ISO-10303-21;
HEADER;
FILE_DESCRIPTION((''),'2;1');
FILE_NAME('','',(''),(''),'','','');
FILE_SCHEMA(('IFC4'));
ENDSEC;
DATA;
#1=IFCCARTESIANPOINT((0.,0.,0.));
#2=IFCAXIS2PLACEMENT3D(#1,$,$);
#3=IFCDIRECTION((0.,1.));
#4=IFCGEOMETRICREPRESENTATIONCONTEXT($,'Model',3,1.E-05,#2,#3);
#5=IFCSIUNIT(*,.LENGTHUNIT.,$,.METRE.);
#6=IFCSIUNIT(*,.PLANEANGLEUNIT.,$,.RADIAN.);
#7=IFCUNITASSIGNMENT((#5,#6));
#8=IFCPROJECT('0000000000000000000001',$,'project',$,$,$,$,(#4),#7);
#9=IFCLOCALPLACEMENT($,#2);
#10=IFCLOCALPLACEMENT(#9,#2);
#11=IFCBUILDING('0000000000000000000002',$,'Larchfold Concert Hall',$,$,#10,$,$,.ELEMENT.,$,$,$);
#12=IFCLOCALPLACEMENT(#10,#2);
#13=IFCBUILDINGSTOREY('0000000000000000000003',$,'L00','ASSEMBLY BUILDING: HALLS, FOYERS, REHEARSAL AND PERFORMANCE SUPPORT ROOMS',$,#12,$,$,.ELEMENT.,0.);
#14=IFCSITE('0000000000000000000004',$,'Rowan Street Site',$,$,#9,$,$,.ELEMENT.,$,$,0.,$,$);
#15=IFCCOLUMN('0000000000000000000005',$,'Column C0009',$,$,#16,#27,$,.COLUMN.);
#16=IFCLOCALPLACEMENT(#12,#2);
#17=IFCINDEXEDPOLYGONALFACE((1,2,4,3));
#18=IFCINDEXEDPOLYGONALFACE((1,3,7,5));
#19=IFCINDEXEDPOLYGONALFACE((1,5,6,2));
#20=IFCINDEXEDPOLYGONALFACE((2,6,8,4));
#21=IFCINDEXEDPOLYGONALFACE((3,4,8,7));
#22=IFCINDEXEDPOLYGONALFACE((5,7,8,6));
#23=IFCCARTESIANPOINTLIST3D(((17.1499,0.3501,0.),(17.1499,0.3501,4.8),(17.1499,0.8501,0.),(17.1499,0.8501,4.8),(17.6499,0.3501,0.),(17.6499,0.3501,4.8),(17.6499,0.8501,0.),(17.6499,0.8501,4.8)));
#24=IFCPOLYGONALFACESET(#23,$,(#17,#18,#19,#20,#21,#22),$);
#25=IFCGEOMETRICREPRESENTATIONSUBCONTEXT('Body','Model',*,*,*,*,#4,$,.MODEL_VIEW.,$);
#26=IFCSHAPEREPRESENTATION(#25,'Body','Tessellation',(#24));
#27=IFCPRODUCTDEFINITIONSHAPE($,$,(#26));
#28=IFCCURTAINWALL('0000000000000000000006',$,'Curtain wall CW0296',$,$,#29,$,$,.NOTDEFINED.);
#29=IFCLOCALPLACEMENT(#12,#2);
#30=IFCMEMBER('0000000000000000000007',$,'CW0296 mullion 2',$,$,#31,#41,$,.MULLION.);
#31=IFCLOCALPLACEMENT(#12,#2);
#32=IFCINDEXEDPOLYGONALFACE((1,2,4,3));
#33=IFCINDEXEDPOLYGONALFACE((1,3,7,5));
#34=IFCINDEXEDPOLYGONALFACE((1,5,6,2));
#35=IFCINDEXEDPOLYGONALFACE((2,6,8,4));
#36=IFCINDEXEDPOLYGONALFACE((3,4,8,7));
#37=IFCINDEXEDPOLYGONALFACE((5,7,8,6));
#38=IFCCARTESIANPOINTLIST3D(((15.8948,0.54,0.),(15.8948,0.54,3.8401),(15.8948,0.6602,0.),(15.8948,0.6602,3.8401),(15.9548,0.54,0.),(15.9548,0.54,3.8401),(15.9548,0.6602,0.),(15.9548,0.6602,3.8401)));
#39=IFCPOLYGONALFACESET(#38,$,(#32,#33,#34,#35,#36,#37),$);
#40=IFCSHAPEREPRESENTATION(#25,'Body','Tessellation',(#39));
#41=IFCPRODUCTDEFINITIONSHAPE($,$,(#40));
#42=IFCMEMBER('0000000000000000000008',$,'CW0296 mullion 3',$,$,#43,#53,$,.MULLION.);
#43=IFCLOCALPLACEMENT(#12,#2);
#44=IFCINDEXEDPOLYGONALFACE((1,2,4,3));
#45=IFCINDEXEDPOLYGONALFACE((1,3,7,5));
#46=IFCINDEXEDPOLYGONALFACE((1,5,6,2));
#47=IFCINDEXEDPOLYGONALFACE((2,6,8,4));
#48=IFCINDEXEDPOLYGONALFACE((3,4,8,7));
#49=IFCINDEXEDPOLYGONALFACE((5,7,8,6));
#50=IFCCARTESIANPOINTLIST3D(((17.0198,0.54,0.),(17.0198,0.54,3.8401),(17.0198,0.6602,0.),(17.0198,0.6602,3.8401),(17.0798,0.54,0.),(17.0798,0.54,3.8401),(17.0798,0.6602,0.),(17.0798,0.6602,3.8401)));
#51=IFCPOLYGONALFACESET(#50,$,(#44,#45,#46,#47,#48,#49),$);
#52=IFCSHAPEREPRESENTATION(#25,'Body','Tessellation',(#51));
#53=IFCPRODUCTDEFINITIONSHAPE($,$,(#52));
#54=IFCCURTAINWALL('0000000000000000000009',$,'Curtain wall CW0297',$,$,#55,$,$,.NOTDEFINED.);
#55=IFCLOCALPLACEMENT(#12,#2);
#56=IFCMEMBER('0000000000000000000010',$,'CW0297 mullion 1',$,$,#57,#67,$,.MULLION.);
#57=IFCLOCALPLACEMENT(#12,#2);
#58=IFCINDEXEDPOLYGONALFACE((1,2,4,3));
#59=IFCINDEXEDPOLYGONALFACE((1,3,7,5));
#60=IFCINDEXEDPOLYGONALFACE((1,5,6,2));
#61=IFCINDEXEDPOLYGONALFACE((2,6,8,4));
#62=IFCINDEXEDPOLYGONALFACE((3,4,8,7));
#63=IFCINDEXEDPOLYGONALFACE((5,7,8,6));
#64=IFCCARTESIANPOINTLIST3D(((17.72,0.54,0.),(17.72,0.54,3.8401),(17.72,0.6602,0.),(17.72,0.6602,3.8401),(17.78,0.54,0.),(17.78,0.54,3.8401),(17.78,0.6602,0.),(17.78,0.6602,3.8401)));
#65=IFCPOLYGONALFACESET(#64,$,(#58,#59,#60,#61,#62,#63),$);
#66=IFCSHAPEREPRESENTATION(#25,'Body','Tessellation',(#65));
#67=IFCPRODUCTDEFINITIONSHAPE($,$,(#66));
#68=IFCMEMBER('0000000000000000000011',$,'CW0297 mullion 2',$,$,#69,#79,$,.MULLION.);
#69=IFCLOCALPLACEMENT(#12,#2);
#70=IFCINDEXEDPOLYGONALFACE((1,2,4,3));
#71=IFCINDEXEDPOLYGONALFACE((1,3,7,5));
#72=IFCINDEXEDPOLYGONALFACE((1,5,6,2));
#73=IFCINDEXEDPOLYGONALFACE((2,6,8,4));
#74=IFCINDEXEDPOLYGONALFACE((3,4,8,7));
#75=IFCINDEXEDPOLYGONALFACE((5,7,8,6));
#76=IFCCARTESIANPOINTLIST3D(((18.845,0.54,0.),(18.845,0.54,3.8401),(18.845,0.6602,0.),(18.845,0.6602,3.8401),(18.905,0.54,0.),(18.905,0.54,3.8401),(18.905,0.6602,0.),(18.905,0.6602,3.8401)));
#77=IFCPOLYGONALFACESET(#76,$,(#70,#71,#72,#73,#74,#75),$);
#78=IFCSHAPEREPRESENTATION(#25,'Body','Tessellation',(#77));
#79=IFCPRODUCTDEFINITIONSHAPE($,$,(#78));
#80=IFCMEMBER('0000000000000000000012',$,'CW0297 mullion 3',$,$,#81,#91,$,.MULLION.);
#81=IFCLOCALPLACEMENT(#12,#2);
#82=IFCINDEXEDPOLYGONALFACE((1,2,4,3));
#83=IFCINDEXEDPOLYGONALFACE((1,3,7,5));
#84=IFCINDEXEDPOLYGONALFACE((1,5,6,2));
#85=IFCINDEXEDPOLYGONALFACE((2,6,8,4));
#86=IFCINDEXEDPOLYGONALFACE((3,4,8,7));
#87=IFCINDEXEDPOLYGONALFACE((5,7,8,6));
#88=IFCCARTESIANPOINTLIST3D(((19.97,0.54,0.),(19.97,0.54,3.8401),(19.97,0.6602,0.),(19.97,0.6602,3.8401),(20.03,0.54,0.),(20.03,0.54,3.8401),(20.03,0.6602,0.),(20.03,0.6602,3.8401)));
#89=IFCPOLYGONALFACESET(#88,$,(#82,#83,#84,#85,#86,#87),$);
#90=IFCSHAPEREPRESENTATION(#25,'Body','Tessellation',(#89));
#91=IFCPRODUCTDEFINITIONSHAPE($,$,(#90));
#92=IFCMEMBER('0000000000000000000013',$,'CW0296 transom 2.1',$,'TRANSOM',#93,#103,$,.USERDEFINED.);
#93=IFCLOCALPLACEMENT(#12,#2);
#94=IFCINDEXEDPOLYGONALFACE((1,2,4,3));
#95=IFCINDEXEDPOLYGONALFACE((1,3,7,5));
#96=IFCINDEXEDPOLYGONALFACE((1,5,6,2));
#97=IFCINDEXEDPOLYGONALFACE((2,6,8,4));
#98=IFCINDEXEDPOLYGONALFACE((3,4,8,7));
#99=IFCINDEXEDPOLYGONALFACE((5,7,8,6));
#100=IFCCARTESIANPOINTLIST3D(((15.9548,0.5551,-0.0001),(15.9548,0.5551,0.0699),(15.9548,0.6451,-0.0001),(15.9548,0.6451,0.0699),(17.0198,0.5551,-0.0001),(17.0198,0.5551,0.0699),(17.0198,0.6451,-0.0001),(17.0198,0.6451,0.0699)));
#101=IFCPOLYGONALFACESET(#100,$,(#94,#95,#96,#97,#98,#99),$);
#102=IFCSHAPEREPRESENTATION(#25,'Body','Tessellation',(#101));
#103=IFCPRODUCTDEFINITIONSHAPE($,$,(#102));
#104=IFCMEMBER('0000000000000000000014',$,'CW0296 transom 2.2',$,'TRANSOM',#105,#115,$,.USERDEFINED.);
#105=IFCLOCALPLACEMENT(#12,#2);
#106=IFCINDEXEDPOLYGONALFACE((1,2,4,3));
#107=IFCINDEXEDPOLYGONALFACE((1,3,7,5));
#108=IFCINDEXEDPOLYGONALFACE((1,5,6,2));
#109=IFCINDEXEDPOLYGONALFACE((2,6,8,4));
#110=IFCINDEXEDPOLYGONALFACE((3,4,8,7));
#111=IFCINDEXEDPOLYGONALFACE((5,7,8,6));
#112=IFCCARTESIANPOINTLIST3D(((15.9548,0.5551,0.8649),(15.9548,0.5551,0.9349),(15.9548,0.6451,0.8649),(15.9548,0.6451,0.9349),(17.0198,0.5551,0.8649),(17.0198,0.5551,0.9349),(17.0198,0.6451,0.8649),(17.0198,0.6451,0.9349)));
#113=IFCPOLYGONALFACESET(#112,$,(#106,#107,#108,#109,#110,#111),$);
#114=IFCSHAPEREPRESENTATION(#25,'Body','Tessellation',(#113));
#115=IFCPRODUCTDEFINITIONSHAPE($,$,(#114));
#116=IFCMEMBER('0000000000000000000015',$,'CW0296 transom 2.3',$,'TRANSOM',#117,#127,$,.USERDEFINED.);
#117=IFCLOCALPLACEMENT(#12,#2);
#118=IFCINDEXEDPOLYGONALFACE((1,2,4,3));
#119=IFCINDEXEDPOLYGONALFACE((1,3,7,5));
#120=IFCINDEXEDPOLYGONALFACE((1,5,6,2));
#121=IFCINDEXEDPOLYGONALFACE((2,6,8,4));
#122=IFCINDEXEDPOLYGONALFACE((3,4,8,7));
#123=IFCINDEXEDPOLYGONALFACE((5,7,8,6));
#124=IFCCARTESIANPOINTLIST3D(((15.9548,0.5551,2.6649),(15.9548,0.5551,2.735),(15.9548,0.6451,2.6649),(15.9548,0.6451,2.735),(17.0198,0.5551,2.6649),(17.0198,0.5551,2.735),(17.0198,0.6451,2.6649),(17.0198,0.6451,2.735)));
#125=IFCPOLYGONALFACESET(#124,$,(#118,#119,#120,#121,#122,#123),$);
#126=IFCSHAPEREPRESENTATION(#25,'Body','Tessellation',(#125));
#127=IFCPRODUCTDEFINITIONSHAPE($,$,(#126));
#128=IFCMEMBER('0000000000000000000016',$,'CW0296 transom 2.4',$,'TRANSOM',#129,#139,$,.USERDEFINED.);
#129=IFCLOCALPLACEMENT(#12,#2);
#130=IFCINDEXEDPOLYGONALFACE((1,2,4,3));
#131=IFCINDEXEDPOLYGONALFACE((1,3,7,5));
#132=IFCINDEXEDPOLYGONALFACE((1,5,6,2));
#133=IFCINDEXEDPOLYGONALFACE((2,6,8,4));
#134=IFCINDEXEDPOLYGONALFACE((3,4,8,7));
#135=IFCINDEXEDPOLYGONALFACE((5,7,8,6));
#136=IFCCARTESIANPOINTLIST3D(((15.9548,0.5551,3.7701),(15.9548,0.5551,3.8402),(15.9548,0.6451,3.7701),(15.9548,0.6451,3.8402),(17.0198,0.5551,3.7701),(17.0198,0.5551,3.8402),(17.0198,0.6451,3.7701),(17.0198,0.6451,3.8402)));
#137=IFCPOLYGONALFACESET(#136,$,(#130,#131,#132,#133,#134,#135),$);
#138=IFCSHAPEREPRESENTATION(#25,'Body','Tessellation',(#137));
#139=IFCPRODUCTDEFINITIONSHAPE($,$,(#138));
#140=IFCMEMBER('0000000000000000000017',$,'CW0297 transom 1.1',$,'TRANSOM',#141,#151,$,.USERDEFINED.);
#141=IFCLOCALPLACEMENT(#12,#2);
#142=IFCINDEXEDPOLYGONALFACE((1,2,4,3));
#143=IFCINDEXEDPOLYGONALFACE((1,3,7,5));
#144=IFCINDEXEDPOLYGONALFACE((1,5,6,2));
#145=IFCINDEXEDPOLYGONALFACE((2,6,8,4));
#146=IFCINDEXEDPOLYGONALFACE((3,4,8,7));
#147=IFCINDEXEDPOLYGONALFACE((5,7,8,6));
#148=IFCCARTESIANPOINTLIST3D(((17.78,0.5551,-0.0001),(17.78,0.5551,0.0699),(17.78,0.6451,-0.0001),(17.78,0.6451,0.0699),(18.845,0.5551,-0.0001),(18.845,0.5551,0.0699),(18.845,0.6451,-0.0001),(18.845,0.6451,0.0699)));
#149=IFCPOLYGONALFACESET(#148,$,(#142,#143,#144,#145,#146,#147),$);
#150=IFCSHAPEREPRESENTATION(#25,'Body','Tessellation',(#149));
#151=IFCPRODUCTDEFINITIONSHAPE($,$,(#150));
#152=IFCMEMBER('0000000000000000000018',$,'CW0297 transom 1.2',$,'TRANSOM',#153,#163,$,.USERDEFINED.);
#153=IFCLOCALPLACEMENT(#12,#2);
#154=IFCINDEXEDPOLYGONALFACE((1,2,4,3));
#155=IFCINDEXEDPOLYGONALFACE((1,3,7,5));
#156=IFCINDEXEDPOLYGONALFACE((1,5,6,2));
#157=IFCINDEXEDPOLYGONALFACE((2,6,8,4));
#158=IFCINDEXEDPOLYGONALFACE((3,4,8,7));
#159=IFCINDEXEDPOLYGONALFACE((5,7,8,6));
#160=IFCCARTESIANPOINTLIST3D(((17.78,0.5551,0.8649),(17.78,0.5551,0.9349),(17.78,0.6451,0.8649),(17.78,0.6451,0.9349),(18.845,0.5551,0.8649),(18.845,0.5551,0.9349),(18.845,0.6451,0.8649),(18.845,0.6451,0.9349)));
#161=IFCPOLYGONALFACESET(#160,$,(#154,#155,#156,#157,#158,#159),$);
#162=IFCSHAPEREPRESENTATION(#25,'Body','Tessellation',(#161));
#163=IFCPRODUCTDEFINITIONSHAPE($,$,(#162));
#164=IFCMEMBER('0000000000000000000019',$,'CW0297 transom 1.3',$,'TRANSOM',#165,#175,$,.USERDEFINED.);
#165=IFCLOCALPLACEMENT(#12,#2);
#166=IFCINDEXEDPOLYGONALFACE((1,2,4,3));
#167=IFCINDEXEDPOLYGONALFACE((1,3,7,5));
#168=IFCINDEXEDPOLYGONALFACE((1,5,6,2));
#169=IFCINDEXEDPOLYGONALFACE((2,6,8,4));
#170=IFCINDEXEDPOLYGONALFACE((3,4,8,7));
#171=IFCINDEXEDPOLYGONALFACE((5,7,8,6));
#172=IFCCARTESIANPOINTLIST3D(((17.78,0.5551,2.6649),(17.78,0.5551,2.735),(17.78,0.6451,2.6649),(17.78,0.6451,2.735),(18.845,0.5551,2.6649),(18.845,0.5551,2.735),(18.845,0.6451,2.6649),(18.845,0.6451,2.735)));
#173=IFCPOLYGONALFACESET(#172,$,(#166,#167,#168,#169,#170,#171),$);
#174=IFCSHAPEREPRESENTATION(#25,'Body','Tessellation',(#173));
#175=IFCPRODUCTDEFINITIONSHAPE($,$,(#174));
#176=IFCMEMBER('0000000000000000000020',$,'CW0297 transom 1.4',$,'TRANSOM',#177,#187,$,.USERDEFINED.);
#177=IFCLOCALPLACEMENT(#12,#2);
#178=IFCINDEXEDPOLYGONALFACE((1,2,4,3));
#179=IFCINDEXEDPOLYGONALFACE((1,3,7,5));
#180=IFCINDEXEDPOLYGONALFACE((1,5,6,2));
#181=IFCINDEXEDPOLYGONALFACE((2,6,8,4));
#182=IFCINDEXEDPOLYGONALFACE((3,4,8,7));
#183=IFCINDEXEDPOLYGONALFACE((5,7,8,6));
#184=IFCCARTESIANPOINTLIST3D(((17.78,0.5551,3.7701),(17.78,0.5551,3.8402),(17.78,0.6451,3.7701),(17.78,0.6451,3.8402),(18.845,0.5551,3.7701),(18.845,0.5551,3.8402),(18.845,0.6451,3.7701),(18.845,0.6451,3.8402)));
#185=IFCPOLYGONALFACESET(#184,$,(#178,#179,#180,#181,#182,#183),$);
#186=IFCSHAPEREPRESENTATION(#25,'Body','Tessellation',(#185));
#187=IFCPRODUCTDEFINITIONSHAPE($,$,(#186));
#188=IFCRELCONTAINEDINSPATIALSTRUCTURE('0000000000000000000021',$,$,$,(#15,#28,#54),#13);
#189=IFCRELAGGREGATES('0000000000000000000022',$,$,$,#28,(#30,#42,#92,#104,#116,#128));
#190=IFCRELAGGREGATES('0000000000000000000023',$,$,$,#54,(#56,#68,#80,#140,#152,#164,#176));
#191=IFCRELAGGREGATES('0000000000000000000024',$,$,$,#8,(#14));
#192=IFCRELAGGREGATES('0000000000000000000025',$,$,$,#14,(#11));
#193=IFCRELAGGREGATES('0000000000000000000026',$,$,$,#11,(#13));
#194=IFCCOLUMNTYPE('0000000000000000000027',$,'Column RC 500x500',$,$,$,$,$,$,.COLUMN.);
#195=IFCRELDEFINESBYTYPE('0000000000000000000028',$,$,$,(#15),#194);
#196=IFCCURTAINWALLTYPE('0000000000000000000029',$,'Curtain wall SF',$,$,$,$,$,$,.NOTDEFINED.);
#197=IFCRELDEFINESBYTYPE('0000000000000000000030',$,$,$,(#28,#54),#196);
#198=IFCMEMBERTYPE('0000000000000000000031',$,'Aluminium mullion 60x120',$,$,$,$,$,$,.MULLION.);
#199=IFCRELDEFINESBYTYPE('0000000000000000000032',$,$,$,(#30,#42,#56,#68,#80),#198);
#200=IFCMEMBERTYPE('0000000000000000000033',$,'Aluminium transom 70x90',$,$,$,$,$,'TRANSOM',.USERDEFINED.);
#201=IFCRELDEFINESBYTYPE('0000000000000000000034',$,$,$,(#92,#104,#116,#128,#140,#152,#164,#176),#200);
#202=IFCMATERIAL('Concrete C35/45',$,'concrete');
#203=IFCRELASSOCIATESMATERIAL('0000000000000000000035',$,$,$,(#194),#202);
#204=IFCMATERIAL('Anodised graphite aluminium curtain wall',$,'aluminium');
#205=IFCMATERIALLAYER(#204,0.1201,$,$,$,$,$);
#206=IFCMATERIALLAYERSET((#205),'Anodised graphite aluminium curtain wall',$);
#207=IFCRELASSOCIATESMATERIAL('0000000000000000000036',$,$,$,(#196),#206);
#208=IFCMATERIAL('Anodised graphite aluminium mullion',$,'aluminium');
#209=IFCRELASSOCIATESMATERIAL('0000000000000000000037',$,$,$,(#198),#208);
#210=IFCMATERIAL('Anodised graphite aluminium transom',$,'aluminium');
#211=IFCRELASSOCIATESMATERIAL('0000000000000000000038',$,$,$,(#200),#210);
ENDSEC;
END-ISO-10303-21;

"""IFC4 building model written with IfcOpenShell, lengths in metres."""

from ifc_helpers import new_model, si_unit, direction, frame, origin, origin_2d, place, context, subcontext, project, spatial, rectangle, extrude, material, layer, layer_set, material_profile, profile_set, type_object, element, aggregate, save


model = new_model("IFC4")

# Units and contexts
model_context = context("Model", 3, precision=1e-05, world=origin(), true_north=direction((0.0, 1.0)))
body_context = subcontext(model_context, "Body", "Model", "MODEL_VIEW")
ifc_project = project(units=[si_unit("LENGTHUNIT", "METRE"), si_unit("PLANEANGLEUNIT", "RADIAN")], contexts=[model_context])

# Site, building, storey
site_placement = place(None, origin())
site = spatial("IfcSite", under=ifc_project, at=site_placement, Name="Rowan Street Site", CompositionType="ELEMENT", RefElevation=0.0)
building_placement = place(site_placement, origin())
building = spatial("IfcBuilding", under=site, at=building_placement, Name="Larchfold Concert Hall", CompositionType="ELEMENT")
storey_placement = place(building_placement, origin())
storey = spatial("IfcBuildingStorey", under=building, at=storey_placement, Name="L00", Description="ASSEMBLY BUILDING: HALLS, FOYERS, REHEARSAL AND PERFORMANCE SUPPORT ROOMS", CompositionType="ELEMENT", Elevation=0.0)

# Column
ifc_material_1 = material(Name="Concrete C35/45", Category="concrete")
ifc_material_profile_1 = material_profile(ifc_material_1, rectangle(XDim=0.5, YDim=0.5, at=origin_2d()))
ifc_profile_set_1 = profile_set([ifc_material_profile_1], Name="Concrete C35/45")
column_type = type_object("IfcColumnType", Name="Column RC 500x500", PredefinedType="COLUMN", material=ifc_profile_set_1)
column_placement = place(storey_placement, frame((17.3999, 0.6001, 0.0), z_axis=(0.0, 0.0, 1.0), x_axis=(1.0, 0.0, 0.0)))
element("IfcColumn", 1, at=column_placement, inside=storey, type_object=column_type, Name="Column C0009", PredefinedType="COLUMN", context=body_context, shape_type="SweptSolid", body=[
    extrude(rectangle(XDim=0.5, YDim=0.5, at=origin_2d()), origin(), (0.0, 0.0, 1.0), 4.8),
])

# Curtain walls, members
ifc_material_2 = material(Name="Anodised graphite aluminium curtain wall", Category="aluminium")
ifc_layer_1 = layer(ifc_material_2, 0.1201)
ifc_layer_set_1 = layer_set([ifc_layer_1], Name="Anodised graphite aluminium curtain wall")
curtain_wall_type = type_object("IfcCurtainWallType", Name="Curtain wall SF", PredefinedType="NOTDEFINED", material=ifc_layer_set_1)
curtain_wall_1_placement = place(storey_placement, origin())
curtain_wall_1 = element("IfcCurtainWall", 2, at=curtain_wall_1_placement, inside=storey, type_object=curtain_wall_type, Name="Curtain wall CW0296", PredefinedType="NOTDEFINED")
ifc_material_3 = material(Name="Anodised graphite aluminium mullion", Category="aluminium")
ifc_material_profile_2 = material_profile(ifc_material_3, rectangle(XDim=0.1201, YDim=0.0601, at=origin_2d()))
ifc_profile_set_2 = profile_set([ifc_material_profile_2], Name="Anodised graphite aluminium mullion")
member_type_1 = type_object("IfcMemberType", Name="Aluminium mullion 60x120", PredefinedType="MULLION", material=ifc_profile_set_2)
member_1_placement = place(storey_placement, frame((15.9248, 0.6001, 0.0), z_axis=(0.0, 0.0, 1.0), x_axis=(0.0, 1.0, 0.0)))
member_1 = element("IfcMember", 3, at=member_1_placement, type_object=member_type_1, Name="CW0296 mullion 2", PredefinedType="MULLION", context=body_context, shape_type="SweptSolid", body=[
    extrude(rectangle(XDim=0.1201, YDim=0.0601, at=origin_2d()), origin(), (0.0, 0.0, 1.0), 3.8401),
])
member_2_placement = place(storey_placement, frame((17.0498, 0.6001, 0.0), z_axis=(0.0, 0.0, 1.0), x_axis=(0.0, 1.0, 0.0)))
member_2 = element("IfcMember", 4, at=member_2_placement, type_object=member_type_1, Name="CW0296 mullion 3", PredefinedType="MULLION", context=body_context, shape_type="SweptSolid", body=[
    extrude(rectangle(XDim=0.1201, YDim=0.0601, at=origin_2d()), origin(), (0.0, 0.0, 1.0), 3.8401),
])
curtain_wall_2_placement = place(storey_placement, origin())
curtain_wall_2 = element("IfcCurtainWall", 5, at=curtain_wall_2_placement, inside=storey, type_object=curtain_wall_type, Name="Curtain wall CW0297", PredefinedType="NOTDEFINED")
member_3_placement = place(storey_placement, frame((17.75, 0.6001, 0.0), z_axis=(0.0, 0.0, 1.0), x_axis=(0.0, 1.0, 0.0)))
member_3 = element("IfcMember", 6, at=member_3_placement, type_object=member_type_1, Name="CW0297 mullion 1", PredefinedType="MULLION", context=body_context, shape_type="SweptSolid", body=[
    extrude(rectangle(XDim=0.1201, YDim=0.0601, at=origin_2d()), origin(), (0.0, 0.0, 1.0), 3.8401),
])
member_4_placement = place(storey_placement, frame((18.875, 0.6001, 0.0), z_axis=(0.0, 0.0, 1.0), x_axis=(0.0, 1.0, 0.0)))
member_4 = element("IfcMember", 7, at=member_4_placement, type_object=member_type_1, Name="CW0297 mullion 2", PredefinedType="MULLION", context=body_context, shape_type="SweptSolid", body=[
    extrude(rectangle(XDim=0.1201, YDim=0.0601, at=origin_2d()), origin(), (0.0, 0.0, 1.0), 3.8401),
])
member_5_placement = place(storey_placement, frame((20.0, 0.6001, 0.0), z_axis=(0.0, 0.0, 1.0), x_axis=(0.0, 1.0, 0.0)))
member_5 = element("IfcMember", 8, at=member_5_placement, type_object=member_type_1, Name="CW0297 mullion 3", PredefinedType="MULLION", context=body_context, shape_type="SweptSolid", body=[
    extrude(rectangle(XDim=0.1201, YDim=0.0601, at=origin_2d()), origin(), (0.0, 0.0, 1.0), 3.8401),
])

# Members
ifc_material_4 = material(Name="Anodised graphite aluminium transom", Category="aluminium")
ifc_material_profile_3 = material_profile(ifc_material_4, rectangle(XDim=0.0901, YDim=0.0701, at=origin_2d()))
ifc_profile_set_3 = profile_set([ifc_material_profile_3], Name="Anodised graphite aluminium transom")
member_type_2 = type_object("IfcMemberType", Name="Aluminium transom 70x90", ElementType="TRANSOM", PredefinedType="USERDEFINED", material=ifc_profile_set_3)
member_6_placement = place(storey_placement, frame((15.9548, 0.6001, 0.0349), z_axis=(1.0, 0.0, 0.0), x_axis=(0.0, 1.0, 0.0)))
member_6 = element("IfcMember", 9, at=member_6_placement, type_object=member_type_2, Name="CW0296 transom 2.1", ObjectType="TRANSOM", PredefinedType="USERDEFINED", context=body_context, shape_type="SweptSolid", body=[
    extrude(rectangle(XDim=0.0901, YDim=0.0701, at=origin_2d()), origin(), (0.0, 0.0, 1.0), 1.0649),
])
member_7_placement = place(storey_placement, frame((15.9548, 0.6001, 0.8999), z_axis=(1.0, 0.0, 0.0), x_axis=(0.0, 1.0, 0.0)))
member_7 = element("IfcMember", 10, at=member_7_placement, type_object=member_type_2, Name="CW0296 transom 2.2", ObjectType="TRANSOM", PredefinedType="USERDEFINED", context=body_context, shape_type="SweptSolid", body=[
    extrude(rectangle(XDim=0.0901, YDim=0.0701, at=origin_2d()), origin(), (0.0, 0.0, 1.0), 1.0649),
])
member_8_placement = place(storey_placement, frame((15.9548, 0.6001, 2.7), z_axis=(1.0, 0.0, 0.0), x_axis=(0.0, 1.0, 0.0)))
member_8 = element("IfcMember", 11, at=member_8_placement, type_object=member_type_2, Name="CW0296 transom 2.3", ObjectType="TRANSOM", PredefinedType="USERDEFINED", context=body_context, shape_type="SweptSolid", body=[
    extrude(rectangle(XDim=0.0901, YDim=0.0701, at=origin_2d()), origin(), (0.0, 0.0, 1.0), 1.0649),
])
member_9_placement = place(storey_placement, frame((15.9548, 0.6001, 3.8052), z_axis=(1.0, 0.0, 0.0), x_axis=(0.0, 1.0, 0.0)))
member_9 = element("IfcMember", 12, at=member_9_placement, type_object=member_type_2, Name="CW0296 transom 2.4", ObjectType="TRANSOM", PredefinedType="USERDEFINED", context=body_context, shape_type="SweptSolid", body=[
    extrude(rectangle(XDim=0.0901, YDim=0.0701, at=origin_2d()), origin(), (0.0, 0.0, 1.0), 1.0649),
])
member_10_placement = place(storey_placement, frame((17.78, 0.6001, 0.0349), z_axis=(1.0, 0.0, 0.0), x_axis=(0.0, 1.0, 0.0)))
member_10 = element("IfcMember", 13, at=member_10_placement, type_object=member_type_2, Name="CW0297 transom 1.1", ObjectType="TRANSOM", PredefinedType="USERDEFINED", context=body_context, shape_type="SweptSolid", body=[
    extrude(rectangle(XDim=0.0901, YDim=0.0701, at=origin_2d()), origin(), (0.0, 0.0, 1.0), 1.0649),
])
member_11_placement = place(storey_placement, frame((17.78, 0.6001, 0.8999), z_axis=(1.0, 0.0, 0.0), x_axis=(0.0, 1.0, 0.0)))
member_11 = element("IfcMember", 14, at=member_11_placement, type_object=member_type_2, Name="CW0297 transom 1.2", ObjectType="TRANSOM", PredefinedType="USERDEFINED", context=body_context, shape_type="SweptSolid", body=[
    extrude(rectangle(XDim=0.0901, YDim=0.0701, at=origin_2d()), origin(), (0.0, 0.0, 1.0), 1.0649),
])
member_12_placement = place(storey_placement, frame((17.78, 0.6001, 2.7), z_axis=(1.0, 0.0, 0.0), x_axis=(0.0, 1.0, 0.0)))
member_12 = element("IfcMember", 15, at=member_12_placement, type_object=member_type_2, Name="CW0297 transom 1.3", ObjectType="TRANSOM", PredefinedType="USERDEFINED", context=body_context, shape_type="SweptSolid", body=[
    extrude(rectangle(XDim=0.0901, YDim=0.0701, at=origin_2d()), origin(), (0.0, 0.0, 1.0), 1.0649),
])
member_13_placement = place(storey_placement, frame((17.78, 0.6001, 3.8052), z_axis=(1.0, 0.0, 0.0), x_axis=(0.0, 1.0, 0.0)))
member_13 = element("IfcMember", 16, at=member_13_placement, type_object=member_type_2, Name="CW0297 transom 1.4", ObjectType="TRANSOM", PredefinedType="USERDEFINED", context=body_context, shape_type="SweptSolid", body=[
    extrude(rectangle(XDim=0.0901, YDim=0.0701, at=origin_2d()), origin(), (0.0, 0.0, 1.0), 1.0649),
])

aggregate(curtain_wall_1, [member_1, member_2, member_6, member_7, member_8, member_9])
aggregate(curtain_wall_2, [member_3, member_4, member_5, member_10, member_11, member_12, member_13])

save(model, "model.ifc")
